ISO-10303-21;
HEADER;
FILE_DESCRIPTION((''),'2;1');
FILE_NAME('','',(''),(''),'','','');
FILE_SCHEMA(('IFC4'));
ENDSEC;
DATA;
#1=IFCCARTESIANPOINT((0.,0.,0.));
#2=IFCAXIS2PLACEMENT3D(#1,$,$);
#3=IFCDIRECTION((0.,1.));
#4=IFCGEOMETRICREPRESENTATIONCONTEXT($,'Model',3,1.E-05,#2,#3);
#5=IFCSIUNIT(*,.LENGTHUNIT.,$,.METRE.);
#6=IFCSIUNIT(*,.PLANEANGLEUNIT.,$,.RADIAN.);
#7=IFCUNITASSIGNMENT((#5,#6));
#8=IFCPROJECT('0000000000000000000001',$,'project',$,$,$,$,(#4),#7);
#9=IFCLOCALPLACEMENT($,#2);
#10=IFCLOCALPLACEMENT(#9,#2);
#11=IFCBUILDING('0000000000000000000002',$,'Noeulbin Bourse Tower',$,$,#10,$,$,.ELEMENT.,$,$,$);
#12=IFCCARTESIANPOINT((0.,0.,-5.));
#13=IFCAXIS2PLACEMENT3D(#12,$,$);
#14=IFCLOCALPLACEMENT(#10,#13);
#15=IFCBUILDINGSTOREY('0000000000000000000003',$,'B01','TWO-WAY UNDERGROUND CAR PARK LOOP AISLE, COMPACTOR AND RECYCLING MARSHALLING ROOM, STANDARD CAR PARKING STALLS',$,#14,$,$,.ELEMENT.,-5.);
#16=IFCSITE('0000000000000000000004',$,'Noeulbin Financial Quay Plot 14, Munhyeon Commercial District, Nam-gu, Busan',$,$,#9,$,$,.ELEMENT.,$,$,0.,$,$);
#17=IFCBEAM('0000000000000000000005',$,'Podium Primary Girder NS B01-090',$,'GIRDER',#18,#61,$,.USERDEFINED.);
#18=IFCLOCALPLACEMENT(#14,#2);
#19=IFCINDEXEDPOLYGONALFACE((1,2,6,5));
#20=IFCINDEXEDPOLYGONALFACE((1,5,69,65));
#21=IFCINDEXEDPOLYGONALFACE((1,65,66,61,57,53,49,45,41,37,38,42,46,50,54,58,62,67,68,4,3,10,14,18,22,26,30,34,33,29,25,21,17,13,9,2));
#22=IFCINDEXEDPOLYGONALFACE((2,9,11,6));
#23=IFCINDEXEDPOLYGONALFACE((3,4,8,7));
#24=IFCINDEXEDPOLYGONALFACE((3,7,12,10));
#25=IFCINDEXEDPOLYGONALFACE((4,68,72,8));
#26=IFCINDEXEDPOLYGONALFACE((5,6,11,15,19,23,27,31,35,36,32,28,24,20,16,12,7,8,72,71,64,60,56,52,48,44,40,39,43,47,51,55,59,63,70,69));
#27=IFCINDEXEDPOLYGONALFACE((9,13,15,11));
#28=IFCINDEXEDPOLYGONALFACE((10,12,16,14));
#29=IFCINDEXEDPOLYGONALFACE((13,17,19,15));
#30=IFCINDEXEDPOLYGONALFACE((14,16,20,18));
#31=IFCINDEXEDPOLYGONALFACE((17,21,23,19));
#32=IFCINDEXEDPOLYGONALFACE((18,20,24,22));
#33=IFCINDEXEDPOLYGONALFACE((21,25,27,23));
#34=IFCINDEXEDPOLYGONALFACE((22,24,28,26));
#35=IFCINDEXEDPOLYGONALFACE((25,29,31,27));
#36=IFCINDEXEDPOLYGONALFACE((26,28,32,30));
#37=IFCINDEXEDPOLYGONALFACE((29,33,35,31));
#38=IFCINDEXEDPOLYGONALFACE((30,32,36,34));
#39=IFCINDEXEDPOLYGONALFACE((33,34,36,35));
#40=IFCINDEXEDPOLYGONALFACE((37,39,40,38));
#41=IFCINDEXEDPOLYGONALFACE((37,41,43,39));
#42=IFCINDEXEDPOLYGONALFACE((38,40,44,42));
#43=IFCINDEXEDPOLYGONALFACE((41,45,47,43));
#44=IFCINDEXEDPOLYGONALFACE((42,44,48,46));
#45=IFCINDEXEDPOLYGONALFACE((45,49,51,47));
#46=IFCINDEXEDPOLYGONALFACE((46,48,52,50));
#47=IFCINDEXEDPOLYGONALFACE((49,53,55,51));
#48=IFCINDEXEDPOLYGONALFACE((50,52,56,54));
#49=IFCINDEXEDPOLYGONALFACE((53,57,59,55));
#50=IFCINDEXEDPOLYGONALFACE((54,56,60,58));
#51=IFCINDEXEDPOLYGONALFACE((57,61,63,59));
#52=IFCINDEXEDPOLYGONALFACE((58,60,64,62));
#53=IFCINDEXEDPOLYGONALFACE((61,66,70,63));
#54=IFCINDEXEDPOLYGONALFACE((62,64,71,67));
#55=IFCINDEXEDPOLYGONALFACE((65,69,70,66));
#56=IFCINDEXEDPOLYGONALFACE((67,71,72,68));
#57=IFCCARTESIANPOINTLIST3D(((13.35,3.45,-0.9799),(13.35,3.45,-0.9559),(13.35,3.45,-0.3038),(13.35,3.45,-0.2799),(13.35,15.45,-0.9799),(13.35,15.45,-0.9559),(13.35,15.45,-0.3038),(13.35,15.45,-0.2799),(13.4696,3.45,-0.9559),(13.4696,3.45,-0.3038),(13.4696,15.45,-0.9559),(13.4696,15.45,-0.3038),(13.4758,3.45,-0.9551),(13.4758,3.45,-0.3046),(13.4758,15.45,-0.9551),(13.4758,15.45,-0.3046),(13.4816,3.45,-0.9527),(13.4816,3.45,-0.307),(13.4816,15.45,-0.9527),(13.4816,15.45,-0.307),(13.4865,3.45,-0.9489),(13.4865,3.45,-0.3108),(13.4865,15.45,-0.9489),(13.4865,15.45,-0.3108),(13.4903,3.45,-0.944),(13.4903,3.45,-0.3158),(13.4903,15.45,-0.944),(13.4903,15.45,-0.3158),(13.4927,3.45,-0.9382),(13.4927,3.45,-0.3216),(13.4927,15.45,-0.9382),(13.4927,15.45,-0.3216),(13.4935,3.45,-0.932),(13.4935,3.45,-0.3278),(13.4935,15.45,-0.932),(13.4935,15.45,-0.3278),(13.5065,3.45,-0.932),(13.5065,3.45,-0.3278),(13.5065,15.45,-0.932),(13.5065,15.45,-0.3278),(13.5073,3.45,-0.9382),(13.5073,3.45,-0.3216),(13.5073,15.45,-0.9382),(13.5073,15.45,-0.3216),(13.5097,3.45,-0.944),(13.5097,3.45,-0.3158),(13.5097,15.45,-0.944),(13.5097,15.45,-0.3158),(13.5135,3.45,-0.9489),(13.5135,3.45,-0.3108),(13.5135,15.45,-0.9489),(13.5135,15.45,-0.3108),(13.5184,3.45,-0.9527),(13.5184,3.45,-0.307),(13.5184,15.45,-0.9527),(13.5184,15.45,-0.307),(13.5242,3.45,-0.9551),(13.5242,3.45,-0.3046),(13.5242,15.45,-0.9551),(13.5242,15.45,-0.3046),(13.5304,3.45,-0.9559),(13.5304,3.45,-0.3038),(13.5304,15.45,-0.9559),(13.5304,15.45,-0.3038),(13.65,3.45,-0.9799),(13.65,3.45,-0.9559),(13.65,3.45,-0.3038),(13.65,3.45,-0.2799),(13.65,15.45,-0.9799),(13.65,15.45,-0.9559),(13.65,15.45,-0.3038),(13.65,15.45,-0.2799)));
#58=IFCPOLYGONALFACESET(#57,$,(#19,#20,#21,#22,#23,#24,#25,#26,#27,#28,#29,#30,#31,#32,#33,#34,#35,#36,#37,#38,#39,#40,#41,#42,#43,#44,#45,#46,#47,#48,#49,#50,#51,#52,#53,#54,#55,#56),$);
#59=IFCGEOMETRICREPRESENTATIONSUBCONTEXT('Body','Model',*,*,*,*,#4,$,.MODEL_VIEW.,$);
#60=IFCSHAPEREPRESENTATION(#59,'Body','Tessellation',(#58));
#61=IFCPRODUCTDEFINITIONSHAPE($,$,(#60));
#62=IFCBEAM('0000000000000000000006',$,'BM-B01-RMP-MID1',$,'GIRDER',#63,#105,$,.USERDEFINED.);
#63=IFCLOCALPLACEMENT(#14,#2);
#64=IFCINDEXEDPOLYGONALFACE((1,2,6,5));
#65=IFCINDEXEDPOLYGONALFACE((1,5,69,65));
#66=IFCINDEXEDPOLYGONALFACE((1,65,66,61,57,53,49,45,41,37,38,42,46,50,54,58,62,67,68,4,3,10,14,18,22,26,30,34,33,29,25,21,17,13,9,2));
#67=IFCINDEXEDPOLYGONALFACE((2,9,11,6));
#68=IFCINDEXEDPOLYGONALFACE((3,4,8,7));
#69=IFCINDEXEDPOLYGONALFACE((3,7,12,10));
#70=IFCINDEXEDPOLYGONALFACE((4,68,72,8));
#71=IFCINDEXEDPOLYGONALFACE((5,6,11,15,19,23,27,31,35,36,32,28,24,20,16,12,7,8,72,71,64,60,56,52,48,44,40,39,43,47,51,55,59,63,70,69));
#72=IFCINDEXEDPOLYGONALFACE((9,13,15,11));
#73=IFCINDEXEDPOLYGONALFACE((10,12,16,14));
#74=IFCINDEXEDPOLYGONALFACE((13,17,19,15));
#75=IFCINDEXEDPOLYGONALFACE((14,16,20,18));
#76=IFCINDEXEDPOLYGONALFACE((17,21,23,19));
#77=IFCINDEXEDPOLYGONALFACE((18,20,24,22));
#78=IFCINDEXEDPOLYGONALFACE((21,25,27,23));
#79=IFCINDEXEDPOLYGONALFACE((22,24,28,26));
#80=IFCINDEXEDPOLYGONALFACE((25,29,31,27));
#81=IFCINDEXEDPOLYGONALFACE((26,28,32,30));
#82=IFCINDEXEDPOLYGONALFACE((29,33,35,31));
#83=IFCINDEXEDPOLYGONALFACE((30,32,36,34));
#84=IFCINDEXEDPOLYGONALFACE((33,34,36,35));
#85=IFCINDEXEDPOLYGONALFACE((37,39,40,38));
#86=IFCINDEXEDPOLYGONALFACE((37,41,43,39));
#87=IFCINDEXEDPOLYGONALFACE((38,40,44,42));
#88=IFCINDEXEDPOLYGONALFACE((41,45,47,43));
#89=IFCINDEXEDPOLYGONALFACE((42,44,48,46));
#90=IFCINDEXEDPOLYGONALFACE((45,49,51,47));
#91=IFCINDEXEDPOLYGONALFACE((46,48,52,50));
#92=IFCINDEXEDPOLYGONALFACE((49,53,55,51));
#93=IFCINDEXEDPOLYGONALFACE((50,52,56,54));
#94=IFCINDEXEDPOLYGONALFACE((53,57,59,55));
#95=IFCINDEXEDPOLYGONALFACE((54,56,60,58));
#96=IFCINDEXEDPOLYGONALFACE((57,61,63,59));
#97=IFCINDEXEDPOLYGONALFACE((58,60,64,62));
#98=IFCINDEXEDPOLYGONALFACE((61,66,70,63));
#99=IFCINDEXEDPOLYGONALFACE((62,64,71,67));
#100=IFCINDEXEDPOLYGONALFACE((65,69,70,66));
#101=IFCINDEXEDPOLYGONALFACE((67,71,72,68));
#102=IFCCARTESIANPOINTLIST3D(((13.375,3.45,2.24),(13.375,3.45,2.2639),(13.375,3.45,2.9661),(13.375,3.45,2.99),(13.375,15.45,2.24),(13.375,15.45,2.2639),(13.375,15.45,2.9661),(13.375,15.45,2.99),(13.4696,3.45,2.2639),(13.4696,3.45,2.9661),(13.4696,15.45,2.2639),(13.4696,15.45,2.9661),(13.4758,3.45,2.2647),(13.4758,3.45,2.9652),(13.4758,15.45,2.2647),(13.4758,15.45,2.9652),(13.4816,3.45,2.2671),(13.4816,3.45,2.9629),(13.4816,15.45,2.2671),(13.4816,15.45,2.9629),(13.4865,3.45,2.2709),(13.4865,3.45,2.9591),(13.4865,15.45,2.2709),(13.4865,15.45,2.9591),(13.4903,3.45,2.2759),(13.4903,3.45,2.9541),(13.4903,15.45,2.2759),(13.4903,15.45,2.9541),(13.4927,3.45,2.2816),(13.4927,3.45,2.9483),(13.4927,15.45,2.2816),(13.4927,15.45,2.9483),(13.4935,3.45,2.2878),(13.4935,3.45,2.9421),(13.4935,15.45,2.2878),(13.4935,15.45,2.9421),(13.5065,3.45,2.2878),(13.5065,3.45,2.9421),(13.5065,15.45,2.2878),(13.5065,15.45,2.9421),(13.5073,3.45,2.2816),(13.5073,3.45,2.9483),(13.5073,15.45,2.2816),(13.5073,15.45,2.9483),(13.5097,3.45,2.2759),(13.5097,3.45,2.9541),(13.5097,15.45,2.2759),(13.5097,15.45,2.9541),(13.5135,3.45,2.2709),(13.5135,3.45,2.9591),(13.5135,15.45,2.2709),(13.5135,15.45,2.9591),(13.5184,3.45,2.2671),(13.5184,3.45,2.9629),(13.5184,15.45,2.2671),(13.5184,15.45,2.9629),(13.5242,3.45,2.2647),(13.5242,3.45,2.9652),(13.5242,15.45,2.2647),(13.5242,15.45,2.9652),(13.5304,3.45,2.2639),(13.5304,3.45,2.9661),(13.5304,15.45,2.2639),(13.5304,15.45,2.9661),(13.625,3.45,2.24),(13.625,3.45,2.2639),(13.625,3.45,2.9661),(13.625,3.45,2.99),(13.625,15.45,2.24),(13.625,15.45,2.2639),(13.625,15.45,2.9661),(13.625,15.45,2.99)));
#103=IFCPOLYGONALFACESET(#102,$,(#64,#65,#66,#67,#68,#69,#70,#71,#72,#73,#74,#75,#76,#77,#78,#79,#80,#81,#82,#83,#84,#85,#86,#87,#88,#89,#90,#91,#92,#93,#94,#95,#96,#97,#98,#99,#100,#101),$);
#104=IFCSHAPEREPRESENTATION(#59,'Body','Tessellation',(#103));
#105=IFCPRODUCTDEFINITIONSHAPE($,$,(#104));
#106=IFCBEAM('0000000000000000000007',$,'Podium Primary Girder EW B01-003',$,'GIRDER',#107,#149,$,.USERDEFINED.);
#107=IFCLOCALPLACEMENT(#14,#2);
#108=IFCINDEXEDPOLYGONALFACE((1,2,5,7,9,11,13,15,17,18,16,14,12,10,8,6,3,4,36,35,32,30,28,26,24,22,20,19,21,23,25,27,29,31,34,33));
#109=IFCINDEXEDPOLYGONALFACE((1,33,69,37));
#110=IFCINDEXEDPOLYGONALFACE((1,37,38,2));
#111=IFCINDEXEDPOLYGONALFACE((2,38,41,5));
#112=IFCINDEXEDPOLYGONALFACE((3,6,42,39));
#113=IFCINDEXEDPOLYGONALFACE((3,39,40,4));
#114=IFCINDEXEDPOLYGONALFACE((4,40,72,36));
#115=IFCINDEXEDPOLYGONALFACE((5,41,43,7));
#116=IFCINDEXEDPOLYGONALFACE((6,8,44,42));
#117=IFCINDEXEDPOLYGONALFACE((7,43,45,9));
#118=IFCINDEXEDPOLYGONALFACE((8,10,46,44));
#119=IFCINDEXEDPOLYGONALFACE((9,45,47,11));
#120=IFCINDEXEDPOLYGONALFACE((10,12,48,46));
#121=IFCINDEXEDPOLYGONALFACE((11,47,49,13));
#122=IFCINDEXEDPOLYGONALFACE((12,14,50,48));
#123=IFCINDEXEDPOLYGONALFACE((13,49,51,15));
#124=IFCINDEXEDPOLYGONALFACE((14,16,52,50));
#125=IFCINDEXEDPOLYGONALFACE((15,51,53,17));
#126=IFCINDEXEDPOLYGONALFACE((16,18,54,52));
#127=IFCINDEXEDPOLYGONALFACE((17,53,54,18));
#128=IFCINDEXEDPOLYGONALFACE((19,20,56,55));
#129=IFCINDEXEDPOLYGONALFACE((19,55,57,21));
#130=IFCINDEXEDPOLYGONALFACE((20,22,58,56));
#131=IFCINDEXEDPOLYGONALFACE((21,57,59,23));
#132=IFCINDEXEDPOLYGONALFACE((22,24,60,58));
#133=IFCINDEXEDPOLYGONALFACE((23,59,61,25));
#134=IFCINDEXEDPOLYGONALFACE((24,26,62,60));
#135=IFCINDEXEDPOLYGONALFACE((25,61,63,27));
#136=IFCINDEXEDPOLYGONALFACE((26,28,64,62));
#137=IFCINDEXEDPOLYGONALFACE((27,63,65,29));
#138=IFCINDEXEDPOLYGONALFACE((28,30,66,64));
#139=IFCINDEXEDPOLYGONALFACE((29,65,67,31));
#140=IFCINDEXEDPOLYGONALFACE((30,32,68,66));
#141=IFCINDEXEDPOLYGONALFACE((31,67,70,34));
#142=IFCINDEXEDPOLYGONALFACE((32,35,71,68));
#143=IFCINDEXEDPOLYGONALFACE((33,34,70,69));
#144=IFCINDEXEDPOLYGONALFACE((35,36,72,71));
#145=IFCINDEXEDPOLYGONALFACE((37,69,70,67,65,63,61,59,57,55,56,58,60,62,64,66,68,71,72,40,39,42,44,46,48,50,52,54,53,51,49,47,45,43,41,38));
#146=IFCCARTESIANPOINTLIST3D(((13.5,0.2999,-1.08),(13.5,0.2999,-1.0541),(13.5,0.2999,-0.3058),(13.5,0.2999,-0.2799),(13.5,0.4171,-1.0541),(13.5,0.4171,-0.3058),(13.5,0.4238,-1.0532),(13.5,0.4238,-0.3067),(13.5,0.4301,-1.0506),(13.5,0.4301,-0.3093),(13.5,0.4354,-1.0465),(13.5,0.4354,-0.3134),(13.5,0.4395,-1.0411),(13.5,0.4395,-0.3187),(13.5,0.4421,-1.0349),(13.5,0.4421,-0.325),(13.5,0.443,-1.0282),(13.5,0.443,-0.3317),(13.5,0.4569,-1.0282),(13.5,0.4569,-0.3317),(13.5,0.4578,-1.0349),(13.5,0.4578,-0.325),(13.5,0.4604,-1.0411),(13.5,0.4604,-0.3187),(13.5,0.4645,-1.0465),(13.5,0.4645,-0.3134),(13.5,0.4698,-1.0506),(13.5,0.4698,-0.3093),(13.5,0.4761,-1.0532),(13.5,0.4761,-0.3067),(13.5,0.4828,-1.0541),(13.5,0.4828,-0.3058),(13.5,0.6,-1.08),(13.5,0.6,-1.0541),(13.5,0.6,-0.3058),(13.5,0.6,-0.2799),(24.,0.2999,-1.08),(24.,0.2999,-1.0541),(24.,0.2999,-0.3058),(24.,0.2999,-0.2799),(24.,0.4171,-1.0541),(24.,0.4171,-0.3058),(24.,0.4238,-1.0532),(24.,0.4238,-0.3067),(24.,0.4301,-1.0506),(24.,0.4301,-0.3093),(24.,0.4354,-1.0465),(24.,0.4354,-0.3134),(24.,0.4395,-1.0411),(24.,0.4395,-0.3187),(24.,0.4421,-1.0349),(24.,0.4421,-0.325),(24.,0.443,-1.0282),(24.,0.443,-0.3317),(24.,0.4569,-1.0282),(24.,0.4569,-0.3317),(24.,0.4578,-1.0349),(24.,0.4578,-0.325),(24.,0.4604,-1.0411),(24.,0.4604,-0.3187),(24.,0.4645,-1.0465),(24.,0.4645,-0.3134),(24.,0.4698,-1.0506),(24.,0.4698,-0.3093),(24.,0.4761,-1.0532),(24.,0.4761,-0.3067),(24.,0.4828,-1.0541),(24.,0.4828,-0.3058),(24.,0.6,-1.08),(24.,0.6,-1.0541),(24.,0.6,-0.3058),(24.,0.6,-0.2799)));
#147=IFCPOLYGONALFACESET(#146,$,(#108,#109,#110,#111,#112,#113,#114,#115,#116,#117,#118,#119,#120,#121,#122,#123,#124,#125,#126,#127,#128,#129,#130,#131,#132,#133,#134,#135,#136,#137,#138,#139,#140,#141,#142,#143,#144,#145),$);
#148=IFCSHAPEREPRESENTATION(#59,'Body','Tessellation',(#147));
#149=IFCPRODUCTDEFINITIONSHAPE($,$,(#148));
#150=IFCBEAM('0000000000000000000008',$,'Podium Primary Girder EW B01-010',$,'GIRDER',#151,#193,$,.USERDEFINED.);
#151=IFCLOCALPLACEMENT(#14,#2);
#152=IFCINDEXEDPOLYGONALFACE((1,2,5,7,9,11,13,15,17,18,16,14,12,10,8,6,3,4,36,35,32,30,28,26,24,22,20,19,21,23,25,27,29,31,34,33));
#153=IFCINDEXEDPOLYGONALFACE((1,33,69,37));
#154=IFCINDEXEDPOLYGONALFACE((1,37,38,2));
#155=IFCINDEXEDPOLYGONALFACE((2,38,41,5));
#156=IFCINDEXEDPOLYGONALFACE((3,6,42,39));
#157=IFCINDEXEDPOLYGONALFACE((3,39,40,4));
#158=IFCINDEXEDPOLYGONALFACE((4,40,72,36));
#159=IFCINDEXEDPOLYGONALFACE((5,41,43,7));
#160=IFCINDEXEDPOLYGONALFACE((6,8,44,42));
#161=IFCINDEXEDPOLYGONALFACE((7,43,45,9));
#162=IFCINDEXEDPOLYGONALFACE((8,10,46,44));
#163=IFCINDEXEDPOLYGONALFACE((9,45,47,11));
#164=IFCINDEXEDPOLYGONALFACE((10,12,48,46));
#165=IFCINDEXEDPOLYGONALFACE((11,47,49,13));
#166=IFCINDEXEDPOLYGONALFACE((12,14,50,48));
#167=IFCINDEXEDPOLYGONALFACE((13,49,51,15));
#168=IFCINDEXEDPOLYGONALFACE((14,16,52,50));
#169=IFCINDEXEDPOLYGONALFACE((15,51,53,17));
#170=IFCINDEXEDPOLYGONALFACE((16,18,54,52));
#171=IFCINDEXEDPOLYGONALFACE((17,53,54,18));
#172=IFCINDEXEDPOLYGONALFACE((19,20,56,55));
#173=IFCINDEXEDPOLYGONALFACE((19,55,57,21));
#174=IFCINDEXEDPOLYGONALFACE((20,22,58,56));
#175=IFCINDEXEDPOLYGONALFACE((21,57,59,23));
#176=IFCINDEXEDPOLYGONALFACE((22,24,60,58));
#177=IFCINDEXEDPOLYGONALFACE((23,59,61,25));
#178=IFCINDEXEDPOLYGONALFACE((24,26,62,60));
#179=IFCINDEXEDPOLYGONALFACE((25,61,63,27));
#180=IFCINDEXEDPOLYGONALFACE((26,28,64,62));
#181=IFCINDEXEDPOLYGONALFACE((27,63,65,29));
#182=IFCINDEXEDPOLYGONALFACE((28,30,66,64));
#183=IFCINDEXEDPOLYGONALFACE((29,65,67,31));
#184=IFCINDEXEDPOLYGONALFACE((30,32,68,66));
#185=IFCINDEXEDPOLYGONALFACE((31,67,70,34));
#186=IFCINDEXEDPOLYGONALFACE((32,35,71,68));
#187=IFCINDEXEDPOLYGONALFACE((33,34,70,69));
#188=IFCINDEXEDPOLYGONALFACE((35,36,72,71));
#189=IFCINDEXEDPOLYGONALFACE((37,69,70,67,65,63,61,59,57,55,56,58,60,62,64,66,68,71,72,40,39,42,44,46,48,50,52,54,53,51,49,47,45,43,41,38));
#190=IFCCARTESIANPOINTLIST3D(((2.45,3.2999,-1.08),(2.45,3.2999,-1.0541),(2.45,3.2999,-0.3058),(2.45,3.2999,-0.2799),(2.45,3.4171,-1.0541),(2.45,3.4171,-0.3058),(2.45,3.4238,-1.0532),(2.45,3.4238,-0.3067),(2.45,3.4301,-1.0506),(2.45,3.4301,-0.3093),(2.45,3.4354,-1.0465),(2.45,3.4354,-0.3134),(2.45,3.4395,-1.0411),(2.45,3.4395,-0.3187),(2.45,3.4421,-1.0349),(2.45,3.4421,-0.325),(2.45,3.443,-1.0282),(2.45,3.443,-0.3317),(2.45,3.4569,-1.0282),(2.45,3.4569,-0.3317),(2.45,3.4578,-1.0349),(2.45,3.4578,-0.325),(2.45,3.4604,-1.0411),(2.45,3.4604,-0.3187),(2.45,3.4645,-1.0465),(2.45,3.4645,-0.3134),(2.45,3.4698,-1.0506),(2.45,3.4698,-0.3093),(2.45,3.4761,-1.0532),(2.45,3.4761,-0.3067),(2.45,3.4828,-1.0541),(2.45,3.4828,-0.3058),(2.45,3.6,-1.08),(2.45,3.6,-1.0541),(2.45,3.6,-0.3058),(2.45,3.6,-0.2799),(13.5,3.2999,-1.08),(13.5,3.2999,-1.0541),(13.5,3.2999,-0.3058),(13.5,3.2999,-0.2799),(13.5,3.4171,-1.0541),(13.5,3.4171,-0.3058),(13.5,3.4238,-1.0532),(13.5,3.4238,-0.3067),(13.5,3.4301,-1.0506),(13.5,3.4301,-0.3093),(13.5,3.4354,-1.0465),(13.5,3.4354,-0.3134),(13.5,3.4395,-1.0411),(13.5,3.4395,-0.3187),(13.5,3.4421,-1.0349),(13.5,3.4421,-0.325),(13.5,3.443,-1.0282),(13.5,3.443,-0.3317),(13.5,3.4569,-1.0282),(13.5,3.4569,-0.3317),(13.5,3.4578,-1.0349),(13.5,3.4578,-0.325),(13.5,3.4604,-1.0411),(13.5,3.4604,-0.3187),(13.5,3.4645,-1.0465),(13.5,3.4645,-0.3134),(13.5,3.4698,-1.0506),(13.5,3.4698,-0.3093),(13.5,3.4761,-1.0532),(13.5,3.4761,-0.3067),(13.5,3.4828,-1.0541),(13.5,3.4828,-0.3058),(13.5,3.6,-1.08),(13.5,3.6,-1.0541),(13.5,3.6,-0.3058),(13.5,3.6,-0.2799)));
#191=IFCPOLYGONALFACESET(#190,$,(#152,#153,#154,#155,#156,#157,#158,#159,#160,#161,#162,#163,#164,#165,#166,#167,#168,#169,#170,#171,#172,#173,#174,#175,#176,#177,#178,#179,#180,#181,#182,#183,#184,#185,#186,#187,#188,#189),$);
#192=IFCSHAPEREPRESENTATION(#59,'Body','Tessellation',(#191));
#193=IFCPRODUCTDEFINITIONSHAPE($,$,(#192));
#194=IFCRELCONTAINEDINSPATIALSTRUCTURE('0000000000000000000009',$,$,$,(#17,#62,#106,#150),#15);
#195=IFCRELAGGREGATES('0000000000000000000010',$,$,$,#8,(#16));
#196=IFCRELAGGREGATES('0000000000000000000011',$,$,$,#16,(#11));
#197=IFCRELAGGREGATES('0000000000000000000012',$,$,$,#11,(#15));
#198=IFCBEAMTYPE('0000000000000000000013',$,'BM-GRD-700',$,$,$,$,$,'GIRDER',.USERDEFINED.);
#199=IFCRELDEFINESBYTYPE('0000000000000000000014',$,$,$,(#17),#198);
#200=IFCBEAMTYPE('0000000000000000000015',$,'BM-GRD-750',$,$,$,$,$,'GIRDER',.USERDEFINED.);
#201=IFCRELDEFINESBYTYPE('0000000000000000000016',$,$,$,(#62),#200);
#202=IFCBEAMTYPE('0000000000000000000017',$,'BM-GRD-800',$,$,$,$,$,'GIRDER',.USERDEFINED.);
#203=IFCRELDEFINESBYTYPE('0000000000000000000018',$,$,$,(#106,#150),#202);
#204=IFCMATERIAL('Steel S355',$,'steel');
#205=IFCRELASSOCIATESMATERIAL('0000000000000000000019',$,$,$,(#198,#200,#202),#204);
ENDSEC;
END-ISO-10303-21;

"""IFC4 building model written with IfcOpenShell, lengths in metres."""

from ifc_helpers import new_model, si_unit, direction, frame, origin, origin_2d, place, context, subcontext, project, spatial, i_section, extrude, material, material_profile, profile_set, type_object, element, save


model = new_model("IFC4")

# Units and contexts
model_context = context("Model", 3, precision=1e-05, world=origin(), true_north=direction((0.0, 1.0)))
body_context = subcontext(model_context, "Body", "Model", "MODEL_VIEW")
ifc_project = project(units=[si_unit("LENGTHUNIT", "METRE"), si_unit("PLANEANGLEUNIT", "RADIAN")], contexts=[model_context])

# Site, building, storey
site_placement = place(None, origin())
site = spatial("IfcSite", under=ifc_project, at=site_placement, Name="Noeulbin Financial Quay Plot 14, Munhyeon Commercial District, Nam-gu, Busan", CompositionType="ELEMENT", RefElevation=0.0)
building_placement = place(site_placement, origin())
building = spatial("IfcBuilding", under=site, at=building_placement, Name="Noeulbin Bourse Tower", CompositionType="ELEMENT")
storey_placement = place(building_placement, frame((0.0, 0.0, -5.0)))
storey = spatial("IfcBuildingStorey", under=building, at=storey_placement, Name="B01", Description="TWO-WAY UNDERGROUND CAR PARK LOOP AISLE, COMPACTOR AND RECYCLING MARSHALLING ROOM, STANDARD CAR PARKING STALLS", CompositionType="ELEMENT", Elevation=-5.0)

# Beams
ifc_material_1 = material(Name="Steel S355", Category="steel")
ifc_material_profile_1 = material_profile(ifc_material_1, i_section(OverallWidth=0.3, OverallDepth=0.7, WebThickness=0.0129, FlangeThickness=0.0239, FilletRadius=0.0239, at=origin_2d()), Name="H-700x300x13x24", Category="LoadBearing")
ifc_profile_set_1 = profile_set([ifc_material_profile_1], Name="Steel S355")
beam_type_1 = type_object("IfcBeamType", Name="BM-GRD-700", ElementType="GIRDER", PredefinedType="USERDEFINED", material=ifc_profile_set_1)
beam_1_placement = place(storey_placement, frame((13.5, 3.45, -0.6299), z_axis=(0.0, 1.0, 0.0), x_axis=(-1.0, 0.0, 0.0)))
element("IfcBeam", 1, at=beam_1_placement, inside=storey, type_object=beam_type_1, Name="Podium Primary Girder NS B01-090", ObjectType="GIRDER", PredefinedType="USERDEFINED", context=body_context, shape_type="SweptSolid", body=[
    extrude(i_section(OverallWidth=0.3, OverallDepth=0.7, WebThickness=0.0129, FlangeThickness=0.0239, FilletRadius=0.0239, at=origin_2d()), origin(), (0.0, 0.0, 1.0), 12.0),
])
ifc_material_profile_2 = material_profile(ifc_material_1, i_section(OverallWidth=0.25, OverallDepth=0.75, WebThickness=0.0129, FlangeThickness=0.0239, FilletRadius=0.0239, at=origin_2d()), Name="H-750x250x13x24", Category="LoadBearing")
ifc_profile_set_2 = profile_set([ifc_material_profile_2], Name="Steel S355")
beam_type_2 = type_object("IfcBeamType", Name="BM-GRD-750", ElementType="GIRDER", PredefinedType="USERDEFINED", material=ifc_profile_set_2)
beam_2_placement = place(storey_placement, frame((13.5, 3.45, 2.615), z_axis=(0.0, 1.0, 0.0), x_axis=(-1.0, 0.0, 0.0)))
element("IfcBeam", 2, at=beam_2_placement, inside=storey, type_object=beam_type_2, Name="BM-B01-RMP-MID1", ObjectType="GIRDER", PredefinedType="USERDEFINED", context=body_context, shape_type="SweptSolid", body=[
    extrude(i_section(OverallWidth=0.25, OverallDepth=0.75, WebThickness=0.0129, FlangeThickness=0.0239, FilletRadius=0.0239, at=origin_2d()), origin(), (0.0, 0.0, 1.0), 12.0),
])
ifc_material_profile_3 = material_profile(ifc_material_1, i_section(OverallWidth=0.3, OverallDepth=0.8, WebThickness=0.0139, FlangeThickness=0.0259, FilletRadius=0.0259, at=origin_2d()), Name="H-800x300x14x26", Category="LoadBearing")
ifc_profile_set_3 = profile_set([ifc_material_profile_3], Name="Steel S355")
beam_type_3 = type_object("IfcBeamType", Name="BM-GRD-800", ElementType="GIRDER", PredefinedType="USERDEFINED", material=ifc_profile_set_3)
beam_3_placement = place(storey_placement, frame((13.5, 0.45, -0.6799), z_axis=(1.0, 0.0, 0.0), x_axis=(0.0, 1.0, 0.0)))
element("IfcBeam", 3, at=beam_3_placement, inside=storey, type_object=beam_type_3, Name="Podium Primary Girder EW B01-003", ObjectType="GIRDER", PredefinedType="USERDEFINED", context=body_context, shape_type="SweptSolid", body=[
    extrude(i_section(OverallWidth=0.3, OverallDepth=0.8, WebThickness=0.0139, FlangeThickness=0.0259, FilletRadius=0.0259, at=origin_2d()), origin(), (0.0, 0.0, 1.0), 10.5),
])
beam_4_placement = place(storey_placement, frame((2.45, 3.45, -0.6799), z_axis=(1.0, 0.0, 0.0), x_axis=(0.0, 1.0, 0.0)))
element("IfcBeam", 4, at=beam_4_placement, inside=storey, type_object=beam_type_3, Name="Podium Primary Girder EW B01-010", ObjectType="GIRDER", PredefinedType="USERDEFINED", context=body_context, shape_type="SweptSolid", body=[
    extrude(i_section(OverallWidth=0.3, OverallDepth=0.8, WebThickness=0.0139, FlangeThickness=0.0259, FilletRadius=0.0259, at=origin_2d()), origin(), (0.0, 0.0, 1.0), 11.05),
])

save(model, "model.ifc")
